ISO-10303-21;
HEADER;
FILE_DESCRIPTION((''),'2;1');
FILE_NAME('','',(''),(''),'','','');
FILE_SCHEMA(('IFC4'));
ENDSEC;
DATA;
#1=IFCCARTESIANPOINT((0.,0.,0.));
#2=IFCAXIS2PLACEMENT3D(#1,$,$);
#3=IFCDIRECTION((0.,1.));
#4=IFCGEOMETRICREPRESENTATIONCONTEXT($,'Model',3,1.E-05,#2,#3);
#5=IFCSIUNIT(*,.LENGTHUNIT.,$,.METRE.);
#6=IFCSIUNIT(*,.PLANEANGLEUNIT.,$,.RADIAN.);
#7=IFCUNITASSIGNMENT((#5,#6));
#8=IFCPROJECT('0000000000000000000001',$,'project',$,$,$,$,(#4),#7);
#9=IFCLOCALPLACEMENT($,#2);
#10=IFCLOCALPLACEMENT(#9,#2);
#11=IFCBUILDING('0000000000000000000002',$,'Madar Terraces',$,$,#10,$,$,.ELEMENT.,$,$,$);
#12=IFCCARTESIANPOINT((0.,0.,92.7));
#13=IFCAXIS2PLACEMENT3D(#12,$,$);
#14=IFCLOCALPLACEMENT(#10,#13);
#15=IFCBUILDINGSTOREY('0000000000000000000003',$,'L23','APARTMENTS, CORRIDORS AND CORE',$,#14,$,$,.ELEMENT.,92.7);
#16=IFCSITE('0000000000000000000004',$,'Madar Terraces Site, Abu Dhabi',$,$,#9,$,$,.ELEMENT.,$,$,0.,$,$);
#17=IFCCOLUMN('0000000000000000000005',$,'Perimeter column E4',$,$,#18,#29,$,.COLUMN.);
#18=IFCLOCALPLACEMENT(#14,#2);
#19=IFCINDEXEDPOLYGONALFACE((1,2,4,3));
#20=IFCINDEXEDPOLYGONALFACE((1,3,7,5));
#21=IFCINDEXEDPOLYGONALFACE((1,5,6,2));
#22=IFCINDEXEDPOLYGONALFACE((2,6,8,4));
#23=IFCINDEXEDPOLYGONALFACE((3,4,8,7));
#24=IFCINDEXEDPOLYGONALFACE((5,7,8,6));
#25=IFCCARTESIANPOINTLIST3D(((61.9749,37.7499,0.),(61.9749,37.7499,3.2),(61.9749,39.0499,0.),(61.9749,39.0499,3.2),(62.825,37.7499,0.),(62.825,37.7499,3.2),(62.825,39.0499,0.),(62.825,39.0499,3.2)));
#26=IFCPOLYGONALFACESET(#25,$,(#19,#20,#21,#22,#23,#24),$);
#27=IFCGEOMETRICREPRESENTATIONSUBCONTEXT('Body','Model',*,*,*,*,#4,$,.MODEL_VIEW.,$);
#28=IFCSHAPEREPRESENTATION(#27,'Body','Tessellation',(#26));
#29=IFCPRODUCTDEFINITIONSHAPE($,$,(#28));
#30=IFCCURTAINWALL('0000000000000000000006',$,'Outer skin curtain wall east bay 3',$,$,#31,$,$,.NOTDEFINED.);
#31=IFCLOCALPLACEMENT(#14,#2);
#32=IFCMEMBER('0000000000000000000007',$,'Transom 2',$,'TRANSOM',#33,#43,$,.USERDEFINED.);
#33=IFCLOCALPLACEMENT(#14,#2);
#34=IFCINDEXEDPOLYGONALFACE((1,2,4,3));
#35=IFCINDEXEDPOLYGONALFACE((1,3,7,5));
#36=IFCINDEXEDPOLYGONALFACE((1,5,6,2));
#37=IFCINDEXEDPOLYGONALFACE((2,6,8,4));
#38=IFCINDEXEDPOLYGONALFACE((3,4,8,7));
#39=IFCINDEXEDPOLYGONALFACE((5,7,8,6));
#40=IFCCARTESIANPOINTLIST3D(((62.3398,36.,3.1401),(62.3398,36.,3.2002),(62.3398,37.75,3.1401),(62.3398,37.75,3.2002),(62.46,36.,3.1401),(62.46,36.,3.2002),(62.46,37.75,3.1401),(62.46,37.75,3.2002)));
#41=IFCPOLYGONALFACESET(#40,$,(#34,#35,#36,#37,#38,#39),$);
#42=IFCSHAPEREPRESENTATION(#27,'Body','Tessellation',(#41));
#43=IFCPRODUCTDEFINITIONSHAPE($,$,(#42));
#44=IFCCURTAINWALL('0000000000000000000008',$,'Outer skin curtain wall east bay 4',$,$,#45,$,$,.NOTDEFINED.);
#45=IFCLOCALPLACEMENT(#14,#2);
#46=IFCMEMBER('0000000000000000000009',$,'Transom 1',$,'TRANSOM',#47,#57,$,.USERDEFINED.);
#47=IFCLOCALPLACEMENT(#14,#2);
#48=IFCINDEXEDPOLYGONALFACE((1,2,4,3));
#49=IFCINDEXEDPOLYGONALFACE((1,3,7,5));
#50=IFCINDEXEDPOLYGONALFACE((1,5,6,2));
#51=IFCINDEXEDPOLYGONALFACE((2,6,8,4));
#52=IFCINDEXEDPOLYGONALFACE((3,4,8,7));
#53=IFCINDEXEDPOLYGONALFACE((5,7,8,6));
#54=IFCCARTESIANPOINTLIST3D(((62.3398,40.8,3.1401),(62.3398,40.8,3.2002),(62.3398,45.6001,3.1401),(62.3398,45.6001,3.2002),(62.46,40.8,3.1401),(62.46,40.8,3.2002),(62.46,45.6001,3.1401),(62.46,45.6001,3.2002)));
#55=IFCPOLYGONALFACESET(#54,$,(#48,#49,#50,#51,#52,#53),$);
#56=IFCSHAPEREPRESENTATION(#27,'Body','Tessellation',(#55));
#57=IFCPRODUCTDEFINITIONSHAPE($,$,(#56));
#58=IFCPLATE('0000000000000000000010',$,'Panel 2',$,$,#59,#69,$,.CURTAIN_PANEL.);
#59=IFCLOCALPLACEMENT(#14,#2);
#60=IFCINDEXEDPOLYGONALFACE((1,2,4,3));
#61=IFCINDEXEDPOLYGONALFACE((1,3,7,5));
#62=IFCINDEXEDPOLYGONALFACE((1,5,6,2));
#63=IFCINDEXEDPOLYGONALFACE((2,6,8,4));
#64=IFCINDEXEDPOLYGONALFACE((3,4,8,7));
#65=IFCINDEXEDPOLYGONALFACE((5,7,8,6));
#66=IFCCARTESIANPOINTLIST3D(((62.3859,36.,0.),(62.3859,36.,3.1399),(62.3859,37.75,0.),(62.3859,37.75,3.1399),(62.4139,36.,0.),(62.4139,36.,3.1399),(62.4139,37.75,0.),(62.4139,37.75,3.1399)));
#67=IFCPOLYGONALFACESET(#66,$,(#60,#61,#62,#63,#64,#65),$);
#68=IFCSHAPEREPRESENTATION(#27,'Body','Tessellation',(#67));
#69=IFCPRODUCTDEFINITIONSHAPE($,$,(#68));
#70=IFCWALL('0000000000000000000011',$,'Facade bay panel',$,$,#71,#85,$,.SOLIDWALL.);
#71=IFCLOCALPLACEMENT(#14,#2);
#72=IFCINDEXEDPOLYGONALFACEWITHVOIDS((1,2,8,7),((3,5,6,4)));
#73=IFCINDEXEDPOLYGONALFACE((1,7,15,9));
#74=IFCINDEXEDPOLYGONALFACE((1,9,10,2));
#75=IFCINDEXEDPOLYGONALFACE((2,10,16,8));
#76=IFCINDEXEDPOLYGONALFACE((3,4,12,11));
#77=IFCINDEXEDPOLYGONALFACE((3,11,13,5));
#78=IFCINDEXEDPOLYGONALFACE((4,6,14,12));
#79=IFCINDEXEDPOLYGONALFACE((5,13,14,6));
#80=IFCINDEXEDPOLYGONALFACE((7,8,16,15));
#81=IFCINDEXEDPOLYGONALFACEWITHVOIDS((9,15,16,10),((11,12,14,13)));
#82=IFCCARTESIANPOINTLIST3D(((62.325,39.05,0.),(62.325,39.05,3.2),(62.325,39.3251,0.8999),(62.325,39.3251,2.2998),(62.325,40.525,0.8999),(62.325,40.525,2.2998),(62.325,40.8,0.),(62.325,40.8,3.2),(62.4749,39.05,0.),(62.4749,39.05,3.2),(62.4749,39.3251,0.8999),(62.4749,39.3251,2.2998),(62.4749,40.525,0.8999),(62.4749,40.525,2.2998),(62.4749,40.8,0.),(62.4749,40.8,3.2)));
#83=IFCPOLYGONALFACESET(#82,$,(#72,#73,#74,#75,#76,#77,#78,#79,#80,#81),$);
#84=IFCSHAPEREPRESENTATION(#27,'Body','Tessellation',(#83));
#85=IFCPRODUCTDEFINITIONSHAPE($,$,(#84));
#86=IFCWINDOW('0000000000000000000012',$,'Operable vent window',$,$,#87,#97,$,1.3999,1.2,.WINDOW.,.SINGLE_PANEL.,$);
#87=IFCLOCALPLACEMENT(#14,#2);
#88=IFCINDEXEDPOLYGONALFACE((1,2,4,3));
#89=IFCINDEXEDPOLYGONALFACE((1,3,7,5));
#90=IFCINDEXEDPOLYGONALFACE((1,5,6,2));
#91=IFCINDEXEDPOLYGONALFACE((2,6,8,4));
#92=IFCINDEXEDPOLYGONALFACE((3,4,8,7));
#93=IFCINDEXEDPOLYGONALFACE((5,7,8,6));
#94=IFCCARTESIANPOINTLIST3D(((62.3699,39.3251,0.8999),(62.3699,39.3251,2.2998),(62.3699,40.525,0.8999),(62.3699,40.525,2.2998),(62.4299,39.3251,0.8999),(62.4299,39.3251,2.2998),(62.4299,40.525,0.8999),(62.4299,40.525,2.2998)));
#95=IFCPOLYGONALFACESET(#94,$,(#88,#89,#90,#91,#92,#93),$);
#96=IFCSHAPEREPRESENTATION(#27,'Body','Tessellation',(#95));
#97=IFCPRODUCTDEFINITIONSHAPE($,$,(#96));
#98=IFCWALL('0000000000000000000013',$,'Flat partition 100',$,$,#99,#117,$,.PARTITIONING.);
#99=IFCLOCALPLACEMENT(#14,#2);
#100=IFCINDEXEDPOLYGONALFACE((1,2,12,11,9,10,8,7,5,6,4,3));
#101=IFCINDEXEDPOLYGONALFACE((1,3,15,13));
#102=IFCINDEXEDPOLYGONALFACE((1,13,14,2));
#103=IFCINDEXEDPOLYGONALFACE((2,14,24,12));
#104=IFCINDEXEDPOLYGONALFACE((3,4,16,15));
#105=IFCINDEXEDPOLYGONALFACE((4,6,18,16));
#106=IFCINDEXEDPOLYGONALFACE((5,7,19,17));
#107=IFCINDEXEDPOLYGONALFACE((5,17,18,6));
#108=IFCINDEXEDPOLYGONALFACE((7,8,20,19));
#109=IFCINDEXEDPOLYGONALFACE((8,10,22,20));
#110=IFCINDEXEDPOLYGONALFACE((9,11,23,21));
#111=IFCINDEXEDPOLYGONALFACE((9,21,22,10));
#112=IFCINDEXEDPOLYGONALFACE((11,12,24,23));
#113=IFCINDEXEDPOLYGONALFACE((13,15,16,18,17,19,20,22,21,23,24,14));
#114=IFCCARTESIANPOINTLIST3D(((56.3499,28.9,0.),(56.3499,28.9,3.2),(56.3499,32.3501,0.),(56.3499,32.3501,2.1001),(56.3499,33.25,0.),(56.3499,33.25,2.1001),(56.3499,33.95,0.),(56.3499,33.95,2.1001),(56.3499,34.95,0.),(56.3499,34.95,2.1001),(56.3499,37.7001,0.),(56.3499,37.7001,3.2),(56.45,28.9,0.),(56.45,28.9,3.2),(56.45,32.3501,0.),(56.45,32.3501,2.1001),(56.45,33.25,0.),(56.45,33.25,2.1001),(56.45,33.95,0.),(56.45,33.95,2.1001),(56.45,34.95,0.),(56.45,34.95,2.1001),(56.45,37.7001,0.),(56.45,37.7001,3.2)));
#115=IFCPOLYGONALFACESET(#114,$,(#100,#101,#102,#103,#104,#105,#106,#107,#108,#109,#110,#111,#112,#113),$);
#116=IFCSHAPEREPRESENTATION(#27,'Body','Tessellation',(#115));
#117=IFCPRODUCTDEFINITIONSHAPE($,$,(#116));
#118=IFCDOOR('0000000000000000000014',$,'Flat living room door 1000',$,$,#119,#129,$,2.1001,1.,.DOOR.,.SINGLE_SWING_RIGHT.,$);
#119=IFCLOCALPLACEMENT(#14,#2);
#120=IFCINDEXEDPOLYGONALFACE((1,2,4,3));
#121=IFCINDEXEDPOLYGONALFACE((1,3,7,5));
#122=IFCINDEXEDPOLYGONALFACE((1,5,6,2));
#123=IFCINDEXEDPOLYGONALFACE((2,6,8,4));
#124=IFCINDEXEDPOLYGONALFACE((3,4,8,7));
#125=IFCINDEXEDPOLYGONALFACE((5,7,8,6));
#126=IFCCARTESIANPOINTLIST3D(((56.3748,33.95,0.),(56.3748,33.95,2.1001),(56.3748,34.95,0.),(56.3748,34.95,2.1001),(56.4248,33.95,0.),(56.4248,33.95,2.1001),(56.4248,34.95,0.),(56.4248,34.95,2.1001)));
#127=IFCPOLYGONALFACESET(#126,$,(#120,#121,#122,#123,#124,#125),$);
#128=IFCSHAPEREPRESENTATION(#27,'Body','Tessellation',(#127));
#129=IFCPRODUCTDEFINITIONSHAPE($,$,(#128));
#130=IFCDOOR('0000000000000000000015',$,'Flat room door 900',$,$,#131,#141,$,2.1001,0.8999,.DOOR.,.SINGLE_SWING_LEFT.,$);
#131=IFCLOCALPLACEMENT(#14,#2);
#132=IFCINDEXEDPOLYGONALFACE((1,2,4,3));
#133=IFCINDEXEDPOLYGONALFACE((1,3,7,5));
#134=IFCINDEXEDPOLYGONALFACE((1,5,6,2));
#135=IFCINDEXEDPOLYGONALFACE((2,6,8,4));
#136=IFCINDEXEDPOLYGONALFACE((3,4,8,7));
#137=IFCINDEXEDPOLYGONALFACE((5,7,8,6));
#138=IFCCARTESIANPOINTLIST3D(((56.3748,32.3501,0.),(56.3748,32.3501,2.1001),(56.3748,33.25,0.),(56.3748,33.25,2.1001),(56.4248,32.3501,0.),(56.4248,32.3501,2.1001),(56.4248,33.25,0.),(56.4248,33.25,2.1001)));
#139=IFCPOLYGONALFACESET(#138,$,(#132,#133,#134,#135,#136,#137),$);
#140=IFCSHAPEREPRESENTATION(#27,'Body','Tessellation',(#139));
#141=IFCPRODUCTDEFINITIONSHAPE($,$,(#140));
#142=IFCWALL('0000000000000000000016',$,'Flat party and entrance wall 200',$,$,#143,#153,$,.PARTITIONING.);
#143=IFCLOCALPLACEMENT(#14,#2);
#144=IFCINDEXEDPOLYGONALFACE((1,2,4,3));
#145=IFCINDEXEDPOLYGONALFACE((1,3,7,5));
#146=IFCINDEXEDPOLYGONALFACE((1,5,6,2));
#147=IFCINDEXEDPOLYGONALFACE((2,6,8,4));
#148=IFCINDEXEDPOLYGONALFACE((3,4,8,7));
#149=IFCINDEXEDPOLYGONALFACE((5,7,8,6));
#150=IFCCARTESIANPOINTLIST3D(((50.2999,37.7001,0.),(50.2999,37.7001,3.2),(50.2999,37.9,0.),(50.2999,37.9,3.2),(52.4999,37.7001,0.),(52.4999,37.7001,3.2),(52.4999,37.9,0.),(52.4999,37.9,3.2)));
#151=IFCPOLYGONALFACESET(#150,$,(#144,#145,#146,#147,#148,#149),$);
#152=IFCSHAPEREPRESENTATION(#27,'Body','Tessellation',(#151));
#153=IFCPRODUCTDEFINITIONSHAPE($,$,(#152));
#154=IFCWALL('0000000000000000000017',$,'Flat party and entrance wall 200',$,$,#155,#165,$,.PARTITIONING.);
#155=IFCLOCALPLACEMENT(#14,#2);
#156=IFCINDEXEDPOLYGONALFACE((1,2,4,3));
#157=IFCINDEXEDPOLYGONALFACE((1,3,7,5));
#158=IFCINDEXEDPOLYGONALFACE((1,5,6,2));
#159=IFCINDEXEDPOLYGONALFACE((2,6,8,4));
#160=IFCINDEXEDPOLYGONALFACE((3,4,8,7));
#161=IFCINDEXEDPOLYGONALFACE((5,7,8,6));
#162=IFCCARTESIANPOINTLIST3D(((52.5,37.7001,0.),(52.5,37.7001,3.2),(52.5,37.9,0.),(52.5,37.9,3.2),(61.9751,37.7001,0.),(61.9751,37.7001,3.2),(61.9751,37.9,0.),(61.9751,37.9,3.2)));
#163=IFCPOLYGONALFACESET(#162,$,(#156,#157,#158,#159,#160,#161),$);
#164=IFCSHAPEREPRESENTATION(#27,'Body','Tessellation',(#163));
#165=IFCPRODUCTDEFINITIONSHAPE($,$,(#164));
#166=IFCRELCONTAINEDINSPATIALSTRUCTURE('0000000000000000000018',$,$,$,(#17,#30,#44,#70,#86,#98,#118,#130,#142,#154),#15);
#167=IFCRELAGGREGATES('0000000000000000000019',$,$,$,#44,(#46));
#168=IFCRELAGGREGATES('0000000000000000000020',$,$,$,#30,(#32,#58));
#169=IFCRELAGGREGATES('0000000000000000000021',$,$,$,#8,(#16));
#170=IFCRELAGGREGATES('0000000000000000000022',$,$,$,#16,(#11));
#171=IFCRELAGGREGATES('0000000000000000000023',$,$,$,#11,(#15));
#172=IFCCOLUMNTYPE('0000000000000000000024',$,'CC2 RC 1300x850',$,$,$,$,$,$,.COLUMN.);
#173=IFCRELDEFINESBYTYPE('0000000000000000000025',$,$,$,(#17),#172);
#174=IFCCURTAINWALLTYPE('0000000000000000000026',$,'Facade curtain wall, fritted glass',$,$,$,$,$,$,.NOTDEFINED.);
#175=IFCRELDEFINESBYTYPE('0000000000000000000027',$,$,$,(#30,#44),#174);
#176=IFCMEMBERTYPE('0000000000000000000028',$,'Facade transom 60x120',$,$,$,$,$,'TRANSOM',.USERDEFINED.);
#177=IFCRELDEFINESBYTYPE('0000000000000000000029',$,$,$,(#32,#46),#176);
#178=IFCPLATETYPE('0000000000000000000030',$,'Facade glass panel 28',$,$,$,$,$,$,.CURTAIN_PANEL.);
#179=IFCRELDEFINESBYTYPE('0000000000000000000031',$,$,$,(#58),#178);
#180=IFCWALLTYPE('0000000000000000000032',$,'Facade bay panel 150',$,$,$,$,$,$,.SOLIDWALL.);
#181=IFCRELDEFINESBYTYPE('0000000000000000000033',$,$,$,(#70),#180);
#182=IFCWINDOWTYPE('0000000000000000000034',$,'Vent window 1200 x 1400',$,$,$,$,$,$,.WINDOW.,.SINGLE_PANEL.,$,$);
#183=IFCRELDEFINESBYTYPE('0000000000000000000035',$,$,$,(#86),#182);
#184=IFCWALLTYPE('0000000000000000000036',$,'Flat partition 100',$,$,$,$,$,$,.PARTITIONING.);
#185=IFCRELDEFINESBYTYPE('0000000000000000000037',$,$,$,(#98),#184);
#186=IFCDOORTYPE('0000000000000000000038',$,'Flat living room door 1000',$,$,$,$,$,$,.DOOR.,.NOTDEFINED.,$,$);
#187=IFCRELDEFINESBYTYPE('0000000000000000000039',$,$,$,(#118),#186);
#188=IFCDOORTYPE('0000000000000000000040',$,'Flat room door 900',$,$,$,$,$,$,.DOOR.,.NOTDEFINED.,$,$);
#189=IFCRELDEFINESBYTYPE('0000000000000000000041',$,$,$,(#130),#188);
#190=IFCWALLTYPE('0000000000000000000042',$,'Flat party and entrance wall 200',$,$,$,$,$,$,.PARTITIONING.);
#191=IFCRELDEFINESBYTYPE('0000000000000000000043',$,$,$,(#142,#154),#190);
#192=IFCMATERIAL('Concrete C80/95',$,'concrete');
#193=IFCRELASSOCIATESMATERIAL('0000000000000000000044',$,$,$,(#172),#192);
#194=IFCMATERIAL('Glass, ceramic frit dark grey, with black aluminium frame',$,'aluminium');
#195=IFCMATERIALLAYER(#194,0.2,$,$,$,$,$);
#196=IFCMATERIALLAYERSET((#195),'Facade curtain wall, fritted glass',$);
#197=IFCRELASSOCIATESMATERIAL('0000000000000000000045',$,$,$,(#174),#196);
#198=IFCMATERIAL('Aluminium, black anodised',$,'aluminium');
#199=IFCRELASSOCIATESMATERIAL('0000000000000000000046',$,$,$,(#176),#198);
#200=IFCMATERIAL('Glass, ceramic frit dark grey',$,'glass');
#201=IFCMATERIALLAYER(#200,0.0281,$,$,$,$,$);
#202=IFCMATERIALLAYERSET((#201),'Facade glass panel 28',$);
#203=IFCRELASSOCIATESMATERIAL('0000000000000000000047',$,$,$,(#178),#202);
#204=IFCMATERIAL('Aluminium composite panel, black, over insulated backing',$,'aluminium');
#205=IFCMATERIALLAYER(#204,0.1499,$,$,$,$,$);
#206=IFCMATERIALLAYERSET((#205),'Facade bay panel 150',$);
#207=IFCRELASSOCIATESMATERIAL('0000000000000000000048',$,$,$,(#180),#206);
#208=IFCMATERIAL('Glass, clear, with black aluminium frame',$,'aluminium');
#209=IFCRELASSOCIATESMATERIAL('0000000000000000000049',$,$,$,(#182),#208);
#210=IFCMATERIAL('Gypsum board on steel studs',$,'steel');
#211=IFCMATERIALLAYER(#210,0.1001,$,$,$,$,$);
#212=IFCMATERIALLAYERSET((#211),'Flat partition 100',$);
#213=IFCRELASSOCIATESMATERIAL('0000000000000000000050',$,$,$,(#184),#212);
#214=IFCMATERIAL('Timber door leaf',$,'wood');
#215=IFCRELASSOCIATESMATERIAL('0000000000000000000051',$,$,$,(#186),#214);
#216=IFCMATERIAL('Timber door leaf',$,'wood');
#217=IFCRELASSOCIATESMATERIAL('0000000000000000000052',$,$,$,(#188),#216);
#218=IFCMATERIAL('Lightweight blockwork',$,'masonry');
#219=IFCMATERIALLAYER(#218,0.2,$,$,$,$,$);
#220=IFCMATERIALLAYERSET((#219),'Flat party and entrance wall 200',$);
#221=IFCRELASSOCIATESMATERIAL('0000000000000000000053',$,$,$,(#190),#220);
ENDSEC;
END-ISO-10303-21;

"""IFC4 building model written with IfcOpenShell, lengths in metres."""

from ifc_helpers import new_model, si_unit, direction, frame, frame_2d, origin, origin_2d, place, context, subcontext, project, spatial, rectangle, extrude, material, layer, layer_set, material_profile, profile_set, type_object, element, fill, aggregate, save


model = new_model("IFC4")

# Units and contexts
model_context = context("Model", 3, precision=1e-05, world=origin(), true_north=direction((0.0, 1.0)))
body_context = subcontext(model_context, "Body", "Model", "MODEL_VIEW")
ifc_project = project(units=[si_unit("LENGTHUNIT", "METRE"), si_unit("PLANEANGLEUNIT", "RADIAN")], contexts=[model_context])

# Site, building, storey
site_placement = place(None, origin())
site = spatial("IfcSite", under=ifc_project, at=site_placement, Name="Madar Terraces Site, Abu Dhabi", CompositionType="ELEMENT", RefElevation=0.0)
building_placement = place(site_placement, origin())
building = spatial("IfcBuilding", under=site, at=building_placement, Name="Madar Terraces", CompositionType="ELEMENT")
storey_placement = place(building_placement, frame((0.0, 0.0, 92.7)))
storey = spatial("IfcBuildingStorey", under=building, at=storey_placement, Name="L23", Description="APARTMENTS, CORRIDORS AND CORE", CompositionType="ELEMENT", Elevation=92.7)

# Column
ifc_material_1 = material(Name="Concrete C80/95", Category="concrete")
ifc_material_profile_1 = material_profile(ifc_material_1, rectangle(XDim=1.3, YDim=0.8501, at=origin_2d()), Name="CC2 RC 1300x850")
ifc_profile_set_1 = profile_set([ifc_material_profile_1], Name="Concrete C80/95")
column_type = type_object("IfcColumnType", Name="CC2 RC 1300x850", PredefinedType="COLUMN", material=ifc_profile_set_1)
column_placement = place(storey_placement, frame((62.3999, 38.3999, 0.0), z_axis=(0.0, 0.0, 1.0), x_axis=(0.0, 1.0, 0.0)))
element("IfcColumn", 1, at=column_placement, inside=storey, type_object=column_type, Name="Perimeter column E4", PredefinedType="COLUMN", context=body_context, shape_type="SweptSolid", body=[
    extrude(rectangle(XDim=1.3, YDim=0.8501, at=origin_2d()), origin(), (0.0, 0.0, 1.0), 3.2),
])

# Curtain walls, members
ifc_material_2 = material(Name="Glass, ceramic frit dark grey, with black aluminium frame", Category="aluminium")
ifc_layer_1 = layer(ifc_material_2, 0.2)
ifc_layer_set_1 = layer_set([ifc_layer_1], Name="Facade curtain wall, fritted glass")
curtain_wall_type = type_object("IfcCurtainWallType", Name="Facade curtain wall, fritted glass", PredefinedType="NOTDEFINED", material=ifc_layer_set_1)
curtain_wall_1_placement = place(storey_placement, origin())
curtain_wall_1 = element("IfcCurtainWall", 2, at=curtain_wall_1_placement, inside=storey, type_object=curtain_wall_type, Name="Outer skin curtain wall east bay 3", PredefinedType="NOTDEFINED")
ifc_material_3 = material(Name="Aluminium, black anodised", Category="aluminium")
ifc_material_profile_2 = material_profile(ifc_material_3, rectangle(XDim=0.1201, YDim=0.0601, at=origin_2d()), Name="Facade transom 60x120")
ifc_profile_set_2 = profile_set([ifc_material_profile_2], Name="Aluminium, black anodised")
member_type = type_object("IfcMemberType", Name="Facade transom 60x120", ElementType="TRANSOM", PredefinedType="USERDEFINED", material=ifc_profile_set_2)
member_1_placement = place(storey_placement, frame((62.3999, 36.0, 3.1702), z_axis=(0.0, 1.0, 0.0), x_axis=(-1.0, 0.0, 0.0)))
member_1 = element("IfcMember", 3, at=member_1_placement, type_object=member_type, Name="Transom 2", ObjectType="TRANSOM", PredefinedType="USERDEFINED", context=body_context, shape_type="SweptSolid", body=[
    extrude(rectangle(XDim=0.1201, YDim=0.0601, at=origin_2d()), origin(), (0.0, 0.0, 1.0), 1.75),
])
curtain_wall_2_placement = place(storey_placement, origin())
curtain_wall_2 = element("IfcCurtainWall", 4, at=curtain_wall_2_placement, inside=storey, type_object=curtain_wall_type, Name="Outer skin curtain wall east bay 4", PredefinedType="NOTDEFINED")
member_2_placement = place(storey_placement, frame((62.3999, 40.8, 3.1702), z_axis=(0.0, 1.0, 0.0), x_axis=(-1.0, 0.0, 0.0)))
member_2 = element("IfcMember", 5, at=member_2_placement, type_object=member_type, Name="Transom 1", ObjectType="TRANSOM", PredefinedType="USERDEFINED", context=body_context, shape_type="SweptSolid", body=[
    extrude(rectangle(XDim=0.1201, YDim=0.0601, at=origin_2d()), origin(), (0.0, 0.0, 1.0), 4.8),
])
aggregate(curtain_wall_2, [member_2])

# Plate
ifc_material_4 = material(Name="Glass, ceramic frit dark grey", Category="glass")
ifc_layer_2 = layer(ifc_material_4, 0.0281)
ifc_layer_set_2 = layer_set([ifc_layer_2], Name="Facade glass panel 28")
plate_type = type_object("IfcPlateType", Name="Facade glass panel 28", PredefinedType="CURTAIN_PANEL", material=ifc_layer_set_2)
plate_placement = place(storey_placement, frame((62.3999, 36.875, 0.0), z_axis=(0.0, 0.0, 1.0), x_axis=(0.0, 1.0, 0.0)))
plate = element("IfcPlate", 6, at=plate_placement, type_object=plate_type, Name="Panel 2", PredefinedType="CURTAIN_PANEL", context=body_context, shape_type="SweptSolid", body=[
    extrude(rectangle(XDim=1.75, YDim=0.0281, at=origin_2d()), origin(), (0.0, 0.0, 1.0), 3.1399),
])
aggregate(curtain_wall_1, [member_1, plate])

# Shared definitions
ifc_material_5 = material(Name="Aluminium composite panel, black, over insulated backing", Category="aluminium")
ifc_layer_3 = layer(ifc_material_5, 0.1499)
ifc_layer_set_3 = layer_set([ifc_layer_3], Name="Facade bay panel 150")
wall_type_1 = type_object("IfcWallType", Name="Facade bay panel 150", PredefinedType="SOLIDWALL", material=ifc_layer_set_3)

# Wall, opening, window
wall_1_placement = place(storey_placement, frame((62.3999, 39.05, 0.0), z_axis=(0.0, 0.0, 1.0), x_axis=(0.0, 1.0, 0.0)))
wall_1 = element("IfcWall", 7, at=wall_1_placement, inside=storey, type_object=wall_type_1, Name="Facade bay panel", PredefinedType="SOLIDWALL", context=body_context, shape_type="SweptSolid", body=[
    extrude(rectangle(XDim=1.75, YDim=0.1499, at=frame_2d((0.875, 0.0))), origin(), (0.0, 0.0, 1.0), 3.2),
])
opening_1_placement = place(wall_1_placement, frame((0.2749, 0.0, 0.8999)))
opening_1 = element("IfcOpeningElement", 8, at=opening_1_placement, cuts=wall_1, PredefinedType="OPENING", context=body_context, shape_type="SweptSolid", body=[
    extrude(rectangle(XDim=1.2, YDim=1.3999, at=frame_2d((0.6001, 0.7))), frame((0.0, 0.085, 0.0), z_axis=(0.0, -1.0, 0.0), x_axis=(1.0, 0.0, 0.0)), (0.0, 0.0, 1.0), 0.1699),
])
ifc_material_6 = material(Name="Glass, clear, with black aluminium frame", Category="aluminium")
window_type = type_object("IfcWindowType", Name="Vent window 1200 x 1400", PartitioningType="SINGLE_PANEL", PredefinedType="WINDOW", material=ifc_material_6)
window_placement = place(opening_1_placement, origin())
window = element("IfcWindow", 9, at=window_placement, inside=storey, type_object=window_type, Name="Operable vent window", OverallHeight=1.3999, OverallWidth=1.2, PartitioningType="SINGLE_PANEL", PredefinedType="WINDOW", context=body_context, shape_type="SweptSolid", body=[
    extrude(rectangle(XDim=1.2, YDim=1.3999, at=frame_2d((0.6001, 0.7))), frame((0.0, 0.03, 0.0), z_axis=(0.0, -1.0, 0.0), x_axis=(1.0, 0.0, 0.0)), (0.0, 0.0, 1.0), 0.0601),
])
fill(opening_1, window)

# Wall, openings, doors
ifc_material_7 = material(Name="Gypsum board on steel studs", Category="steel")
ifc_layer_4 = layer(ifc_material_7, 0.1001)
ifc_layer_set_4 = layer_set([ifc_layer_4], Name="Flat partition 100")
wall_type_2 = type_object("IfcWallType", Name="Flat partition 100", PredefinedType="PARTITIONING", material=ifc_layer_set_4)
wall_2_placement = place(storey_placement, frame((56.3999, 37.7, 0.0), z_axis=(0.0, 0.0, 1.0), x_axis=(0.0, -1.0, 0.0)))
wall_2 = element("IfcWall", 10, at=wall_2_placement, inside=storey, type_object=wall_type_2, Name="Flat partition 100", PredefinedType="PARTITIONING", context=body_context, shape_type="SweptSolid", body=[
    extrude(rectangle(XDim=8.8, YDim=0.1001, at=frame_2d((4.3999, 0.0))), origin(), (0.0, 0.0, 1.0), 3.2),
])
opening_2_placement = place(wall_2_placement, frame((2.75, 0.0, 0.0)))
opening_2 = element("IfcOpeningElement", 11, at=opening_2_placement, cuts=wall_2, PredefinedType="OPENING", context=body_context, shape_type="SweptSolid", body=[
    extrude(rectangle(XDim=1.0, YDim=2.1001, at=frame_2d((0.5, 1.05))), frame((0.0, 0.0601, 0.0), z_axis=(0.0, -1.0, 0.0), x_axis=(1.0, 0.0, 0.0)), (0.0, 0.0, 1.0), 0.1201),
])
opening_3_placement = place(wall_2_placement, frame((4.45, 0.0, 0.0)))
opening_3 = element("IfcOpeningElement", 12, at=opening_3_placement, cuts=wall_2, PredefinedType="OPENING", context=body_context, shape_type="SweptSolid", body=[
    extrude(rectangle(XDim=0.8999, YDim=2.1001, at=frame_2d((0.45, 1.05))), frame((0.0, 0.0601, 0.0), z_axis=(0.0, -1.0, 0.0), x_axis=(1.0, 0.0, 0.0)), (0.0, 0.0, 1.0), 0.1201),
])
ifc_material_8 = material(Name="Timber door leaf", Category="wood")
door_type_1 = type_object("IfcDoorType", Name="Flat living room door 1000", OperationType="NOTDEFINED", PredefinedType="DOOR", material=ifc_material_8)
door_1_placement = place(opening_2_placement, origin())
door_1 = element("IfcDoor", 13, at=door_1_placement, inside=storey, type_object=door_type_1, Name="Flat living room door 1000", OperationType="SINGLE_SWING_RIGHT", OverallHeight=2.1001, OverallWidth=1.0, PredefinedType="DOOR", context=body_context, shape_type="SweptSolid", body=[
    extrude(rectangle(XDim=1.0, YDim=2.1001, at=frame_2d((0.5, 1.05))), frame((0.0, 0.0249, 0.0), z_axis=(0.0, -1.0, 0.0), x_axis=(1.0, 0.0, 0.0)), (0.0, 0.0, 1.0), 0.05),
])
fill(opening_2, door_1)
ifc_material_9 = material(Name="Timber door leaf", Category="wood")
door_type_2 = type_object("IfcDoorType", Name="Flat room door 900", OperationType="NOTDEFINED", PredefinedType="DOOR", material=ifc_material_9)
door_2_placement = place(opening_3_placement, origin())
door_2 = element("IfcDoor", 14, at=door_2_placement, inside=storey, type_object=door_type_2, Name="Flat room door 900", OperationType="SINGLE_SWING_LEFT", OverallHeight=2.1001, OverallWidth=0.8999, PredefinedType="DOOR", context=body_context, shape_type="SweptSolid", body=[
    extrude(rectangle(XDim=0.8999, YDim=2.1001, at=frame_2d((0.45, 1.05))), frame((0.0, 0.0249, 0.0), z_axis=(0.0, -1.0, 0.0), x_axis=(1.0, 0.0, 0.0)), (0.0, 0.0, 1.0), 0.05),
])
fill(opening_3, door_2)

# Walls
ifc_material_10 = material(Name="Lightweight blockwork", Category="masonry")
ifc_layer_5 = layer(ifc_material_10, 0.2)
ifc_layer_set_5 = layer_set([ifc_layer_5], Name="Flat party and entrance wall 200")
wall_type_3 = type_object("IfcWallType", Name="Flat party and entrance wall 200", PredefinedType="PARTITIONING", material=ifc_layer_set_5)
wall_3_placement = place(storey_placement, frame((52.5, 37.8, 0.0), z_axis=(0.0, 0.0, 1.0), x_axis=(-1.0, 0.0, 0.0)))
element("IfcWall", 15, at=wall_3_placement, inside=storey, type_object=wall_type_3, Name="Flat party and entrance wall 200", PredefinedType="PARTITIONING", context=body_context, shape_type="SweptSolid", body=[
    extrude(rectangle(XDim=2.2, YDim=0.2, at=frame_2d((1.1001, 0.0))), origin(), (0.0, 0.0, 1.0), 3.2),
])
wall_4_placement = place(storey_placement, frame((52.5, 37.8, 0.0), z_axis=(0.0, 0.0, 1.0), x_axis=(1.0, 0.0, 0.0)))
element("IfcWall", 16, at=wall_4_placement, inside=storey, type_object=wall_type_3, Name="Flat party and entrance wall 200", PredefinedType="PARTITIONING", context=body_context, shape_type="SweptSolid", body=[
    extrude(rectangle(XDim=9.4751, YDim=0.2, at=frame_2d((4.7375, 0.0))), origin(), (0.0, 0.0, 1.0), 3.2),
])

save(model, "model.ifc")
